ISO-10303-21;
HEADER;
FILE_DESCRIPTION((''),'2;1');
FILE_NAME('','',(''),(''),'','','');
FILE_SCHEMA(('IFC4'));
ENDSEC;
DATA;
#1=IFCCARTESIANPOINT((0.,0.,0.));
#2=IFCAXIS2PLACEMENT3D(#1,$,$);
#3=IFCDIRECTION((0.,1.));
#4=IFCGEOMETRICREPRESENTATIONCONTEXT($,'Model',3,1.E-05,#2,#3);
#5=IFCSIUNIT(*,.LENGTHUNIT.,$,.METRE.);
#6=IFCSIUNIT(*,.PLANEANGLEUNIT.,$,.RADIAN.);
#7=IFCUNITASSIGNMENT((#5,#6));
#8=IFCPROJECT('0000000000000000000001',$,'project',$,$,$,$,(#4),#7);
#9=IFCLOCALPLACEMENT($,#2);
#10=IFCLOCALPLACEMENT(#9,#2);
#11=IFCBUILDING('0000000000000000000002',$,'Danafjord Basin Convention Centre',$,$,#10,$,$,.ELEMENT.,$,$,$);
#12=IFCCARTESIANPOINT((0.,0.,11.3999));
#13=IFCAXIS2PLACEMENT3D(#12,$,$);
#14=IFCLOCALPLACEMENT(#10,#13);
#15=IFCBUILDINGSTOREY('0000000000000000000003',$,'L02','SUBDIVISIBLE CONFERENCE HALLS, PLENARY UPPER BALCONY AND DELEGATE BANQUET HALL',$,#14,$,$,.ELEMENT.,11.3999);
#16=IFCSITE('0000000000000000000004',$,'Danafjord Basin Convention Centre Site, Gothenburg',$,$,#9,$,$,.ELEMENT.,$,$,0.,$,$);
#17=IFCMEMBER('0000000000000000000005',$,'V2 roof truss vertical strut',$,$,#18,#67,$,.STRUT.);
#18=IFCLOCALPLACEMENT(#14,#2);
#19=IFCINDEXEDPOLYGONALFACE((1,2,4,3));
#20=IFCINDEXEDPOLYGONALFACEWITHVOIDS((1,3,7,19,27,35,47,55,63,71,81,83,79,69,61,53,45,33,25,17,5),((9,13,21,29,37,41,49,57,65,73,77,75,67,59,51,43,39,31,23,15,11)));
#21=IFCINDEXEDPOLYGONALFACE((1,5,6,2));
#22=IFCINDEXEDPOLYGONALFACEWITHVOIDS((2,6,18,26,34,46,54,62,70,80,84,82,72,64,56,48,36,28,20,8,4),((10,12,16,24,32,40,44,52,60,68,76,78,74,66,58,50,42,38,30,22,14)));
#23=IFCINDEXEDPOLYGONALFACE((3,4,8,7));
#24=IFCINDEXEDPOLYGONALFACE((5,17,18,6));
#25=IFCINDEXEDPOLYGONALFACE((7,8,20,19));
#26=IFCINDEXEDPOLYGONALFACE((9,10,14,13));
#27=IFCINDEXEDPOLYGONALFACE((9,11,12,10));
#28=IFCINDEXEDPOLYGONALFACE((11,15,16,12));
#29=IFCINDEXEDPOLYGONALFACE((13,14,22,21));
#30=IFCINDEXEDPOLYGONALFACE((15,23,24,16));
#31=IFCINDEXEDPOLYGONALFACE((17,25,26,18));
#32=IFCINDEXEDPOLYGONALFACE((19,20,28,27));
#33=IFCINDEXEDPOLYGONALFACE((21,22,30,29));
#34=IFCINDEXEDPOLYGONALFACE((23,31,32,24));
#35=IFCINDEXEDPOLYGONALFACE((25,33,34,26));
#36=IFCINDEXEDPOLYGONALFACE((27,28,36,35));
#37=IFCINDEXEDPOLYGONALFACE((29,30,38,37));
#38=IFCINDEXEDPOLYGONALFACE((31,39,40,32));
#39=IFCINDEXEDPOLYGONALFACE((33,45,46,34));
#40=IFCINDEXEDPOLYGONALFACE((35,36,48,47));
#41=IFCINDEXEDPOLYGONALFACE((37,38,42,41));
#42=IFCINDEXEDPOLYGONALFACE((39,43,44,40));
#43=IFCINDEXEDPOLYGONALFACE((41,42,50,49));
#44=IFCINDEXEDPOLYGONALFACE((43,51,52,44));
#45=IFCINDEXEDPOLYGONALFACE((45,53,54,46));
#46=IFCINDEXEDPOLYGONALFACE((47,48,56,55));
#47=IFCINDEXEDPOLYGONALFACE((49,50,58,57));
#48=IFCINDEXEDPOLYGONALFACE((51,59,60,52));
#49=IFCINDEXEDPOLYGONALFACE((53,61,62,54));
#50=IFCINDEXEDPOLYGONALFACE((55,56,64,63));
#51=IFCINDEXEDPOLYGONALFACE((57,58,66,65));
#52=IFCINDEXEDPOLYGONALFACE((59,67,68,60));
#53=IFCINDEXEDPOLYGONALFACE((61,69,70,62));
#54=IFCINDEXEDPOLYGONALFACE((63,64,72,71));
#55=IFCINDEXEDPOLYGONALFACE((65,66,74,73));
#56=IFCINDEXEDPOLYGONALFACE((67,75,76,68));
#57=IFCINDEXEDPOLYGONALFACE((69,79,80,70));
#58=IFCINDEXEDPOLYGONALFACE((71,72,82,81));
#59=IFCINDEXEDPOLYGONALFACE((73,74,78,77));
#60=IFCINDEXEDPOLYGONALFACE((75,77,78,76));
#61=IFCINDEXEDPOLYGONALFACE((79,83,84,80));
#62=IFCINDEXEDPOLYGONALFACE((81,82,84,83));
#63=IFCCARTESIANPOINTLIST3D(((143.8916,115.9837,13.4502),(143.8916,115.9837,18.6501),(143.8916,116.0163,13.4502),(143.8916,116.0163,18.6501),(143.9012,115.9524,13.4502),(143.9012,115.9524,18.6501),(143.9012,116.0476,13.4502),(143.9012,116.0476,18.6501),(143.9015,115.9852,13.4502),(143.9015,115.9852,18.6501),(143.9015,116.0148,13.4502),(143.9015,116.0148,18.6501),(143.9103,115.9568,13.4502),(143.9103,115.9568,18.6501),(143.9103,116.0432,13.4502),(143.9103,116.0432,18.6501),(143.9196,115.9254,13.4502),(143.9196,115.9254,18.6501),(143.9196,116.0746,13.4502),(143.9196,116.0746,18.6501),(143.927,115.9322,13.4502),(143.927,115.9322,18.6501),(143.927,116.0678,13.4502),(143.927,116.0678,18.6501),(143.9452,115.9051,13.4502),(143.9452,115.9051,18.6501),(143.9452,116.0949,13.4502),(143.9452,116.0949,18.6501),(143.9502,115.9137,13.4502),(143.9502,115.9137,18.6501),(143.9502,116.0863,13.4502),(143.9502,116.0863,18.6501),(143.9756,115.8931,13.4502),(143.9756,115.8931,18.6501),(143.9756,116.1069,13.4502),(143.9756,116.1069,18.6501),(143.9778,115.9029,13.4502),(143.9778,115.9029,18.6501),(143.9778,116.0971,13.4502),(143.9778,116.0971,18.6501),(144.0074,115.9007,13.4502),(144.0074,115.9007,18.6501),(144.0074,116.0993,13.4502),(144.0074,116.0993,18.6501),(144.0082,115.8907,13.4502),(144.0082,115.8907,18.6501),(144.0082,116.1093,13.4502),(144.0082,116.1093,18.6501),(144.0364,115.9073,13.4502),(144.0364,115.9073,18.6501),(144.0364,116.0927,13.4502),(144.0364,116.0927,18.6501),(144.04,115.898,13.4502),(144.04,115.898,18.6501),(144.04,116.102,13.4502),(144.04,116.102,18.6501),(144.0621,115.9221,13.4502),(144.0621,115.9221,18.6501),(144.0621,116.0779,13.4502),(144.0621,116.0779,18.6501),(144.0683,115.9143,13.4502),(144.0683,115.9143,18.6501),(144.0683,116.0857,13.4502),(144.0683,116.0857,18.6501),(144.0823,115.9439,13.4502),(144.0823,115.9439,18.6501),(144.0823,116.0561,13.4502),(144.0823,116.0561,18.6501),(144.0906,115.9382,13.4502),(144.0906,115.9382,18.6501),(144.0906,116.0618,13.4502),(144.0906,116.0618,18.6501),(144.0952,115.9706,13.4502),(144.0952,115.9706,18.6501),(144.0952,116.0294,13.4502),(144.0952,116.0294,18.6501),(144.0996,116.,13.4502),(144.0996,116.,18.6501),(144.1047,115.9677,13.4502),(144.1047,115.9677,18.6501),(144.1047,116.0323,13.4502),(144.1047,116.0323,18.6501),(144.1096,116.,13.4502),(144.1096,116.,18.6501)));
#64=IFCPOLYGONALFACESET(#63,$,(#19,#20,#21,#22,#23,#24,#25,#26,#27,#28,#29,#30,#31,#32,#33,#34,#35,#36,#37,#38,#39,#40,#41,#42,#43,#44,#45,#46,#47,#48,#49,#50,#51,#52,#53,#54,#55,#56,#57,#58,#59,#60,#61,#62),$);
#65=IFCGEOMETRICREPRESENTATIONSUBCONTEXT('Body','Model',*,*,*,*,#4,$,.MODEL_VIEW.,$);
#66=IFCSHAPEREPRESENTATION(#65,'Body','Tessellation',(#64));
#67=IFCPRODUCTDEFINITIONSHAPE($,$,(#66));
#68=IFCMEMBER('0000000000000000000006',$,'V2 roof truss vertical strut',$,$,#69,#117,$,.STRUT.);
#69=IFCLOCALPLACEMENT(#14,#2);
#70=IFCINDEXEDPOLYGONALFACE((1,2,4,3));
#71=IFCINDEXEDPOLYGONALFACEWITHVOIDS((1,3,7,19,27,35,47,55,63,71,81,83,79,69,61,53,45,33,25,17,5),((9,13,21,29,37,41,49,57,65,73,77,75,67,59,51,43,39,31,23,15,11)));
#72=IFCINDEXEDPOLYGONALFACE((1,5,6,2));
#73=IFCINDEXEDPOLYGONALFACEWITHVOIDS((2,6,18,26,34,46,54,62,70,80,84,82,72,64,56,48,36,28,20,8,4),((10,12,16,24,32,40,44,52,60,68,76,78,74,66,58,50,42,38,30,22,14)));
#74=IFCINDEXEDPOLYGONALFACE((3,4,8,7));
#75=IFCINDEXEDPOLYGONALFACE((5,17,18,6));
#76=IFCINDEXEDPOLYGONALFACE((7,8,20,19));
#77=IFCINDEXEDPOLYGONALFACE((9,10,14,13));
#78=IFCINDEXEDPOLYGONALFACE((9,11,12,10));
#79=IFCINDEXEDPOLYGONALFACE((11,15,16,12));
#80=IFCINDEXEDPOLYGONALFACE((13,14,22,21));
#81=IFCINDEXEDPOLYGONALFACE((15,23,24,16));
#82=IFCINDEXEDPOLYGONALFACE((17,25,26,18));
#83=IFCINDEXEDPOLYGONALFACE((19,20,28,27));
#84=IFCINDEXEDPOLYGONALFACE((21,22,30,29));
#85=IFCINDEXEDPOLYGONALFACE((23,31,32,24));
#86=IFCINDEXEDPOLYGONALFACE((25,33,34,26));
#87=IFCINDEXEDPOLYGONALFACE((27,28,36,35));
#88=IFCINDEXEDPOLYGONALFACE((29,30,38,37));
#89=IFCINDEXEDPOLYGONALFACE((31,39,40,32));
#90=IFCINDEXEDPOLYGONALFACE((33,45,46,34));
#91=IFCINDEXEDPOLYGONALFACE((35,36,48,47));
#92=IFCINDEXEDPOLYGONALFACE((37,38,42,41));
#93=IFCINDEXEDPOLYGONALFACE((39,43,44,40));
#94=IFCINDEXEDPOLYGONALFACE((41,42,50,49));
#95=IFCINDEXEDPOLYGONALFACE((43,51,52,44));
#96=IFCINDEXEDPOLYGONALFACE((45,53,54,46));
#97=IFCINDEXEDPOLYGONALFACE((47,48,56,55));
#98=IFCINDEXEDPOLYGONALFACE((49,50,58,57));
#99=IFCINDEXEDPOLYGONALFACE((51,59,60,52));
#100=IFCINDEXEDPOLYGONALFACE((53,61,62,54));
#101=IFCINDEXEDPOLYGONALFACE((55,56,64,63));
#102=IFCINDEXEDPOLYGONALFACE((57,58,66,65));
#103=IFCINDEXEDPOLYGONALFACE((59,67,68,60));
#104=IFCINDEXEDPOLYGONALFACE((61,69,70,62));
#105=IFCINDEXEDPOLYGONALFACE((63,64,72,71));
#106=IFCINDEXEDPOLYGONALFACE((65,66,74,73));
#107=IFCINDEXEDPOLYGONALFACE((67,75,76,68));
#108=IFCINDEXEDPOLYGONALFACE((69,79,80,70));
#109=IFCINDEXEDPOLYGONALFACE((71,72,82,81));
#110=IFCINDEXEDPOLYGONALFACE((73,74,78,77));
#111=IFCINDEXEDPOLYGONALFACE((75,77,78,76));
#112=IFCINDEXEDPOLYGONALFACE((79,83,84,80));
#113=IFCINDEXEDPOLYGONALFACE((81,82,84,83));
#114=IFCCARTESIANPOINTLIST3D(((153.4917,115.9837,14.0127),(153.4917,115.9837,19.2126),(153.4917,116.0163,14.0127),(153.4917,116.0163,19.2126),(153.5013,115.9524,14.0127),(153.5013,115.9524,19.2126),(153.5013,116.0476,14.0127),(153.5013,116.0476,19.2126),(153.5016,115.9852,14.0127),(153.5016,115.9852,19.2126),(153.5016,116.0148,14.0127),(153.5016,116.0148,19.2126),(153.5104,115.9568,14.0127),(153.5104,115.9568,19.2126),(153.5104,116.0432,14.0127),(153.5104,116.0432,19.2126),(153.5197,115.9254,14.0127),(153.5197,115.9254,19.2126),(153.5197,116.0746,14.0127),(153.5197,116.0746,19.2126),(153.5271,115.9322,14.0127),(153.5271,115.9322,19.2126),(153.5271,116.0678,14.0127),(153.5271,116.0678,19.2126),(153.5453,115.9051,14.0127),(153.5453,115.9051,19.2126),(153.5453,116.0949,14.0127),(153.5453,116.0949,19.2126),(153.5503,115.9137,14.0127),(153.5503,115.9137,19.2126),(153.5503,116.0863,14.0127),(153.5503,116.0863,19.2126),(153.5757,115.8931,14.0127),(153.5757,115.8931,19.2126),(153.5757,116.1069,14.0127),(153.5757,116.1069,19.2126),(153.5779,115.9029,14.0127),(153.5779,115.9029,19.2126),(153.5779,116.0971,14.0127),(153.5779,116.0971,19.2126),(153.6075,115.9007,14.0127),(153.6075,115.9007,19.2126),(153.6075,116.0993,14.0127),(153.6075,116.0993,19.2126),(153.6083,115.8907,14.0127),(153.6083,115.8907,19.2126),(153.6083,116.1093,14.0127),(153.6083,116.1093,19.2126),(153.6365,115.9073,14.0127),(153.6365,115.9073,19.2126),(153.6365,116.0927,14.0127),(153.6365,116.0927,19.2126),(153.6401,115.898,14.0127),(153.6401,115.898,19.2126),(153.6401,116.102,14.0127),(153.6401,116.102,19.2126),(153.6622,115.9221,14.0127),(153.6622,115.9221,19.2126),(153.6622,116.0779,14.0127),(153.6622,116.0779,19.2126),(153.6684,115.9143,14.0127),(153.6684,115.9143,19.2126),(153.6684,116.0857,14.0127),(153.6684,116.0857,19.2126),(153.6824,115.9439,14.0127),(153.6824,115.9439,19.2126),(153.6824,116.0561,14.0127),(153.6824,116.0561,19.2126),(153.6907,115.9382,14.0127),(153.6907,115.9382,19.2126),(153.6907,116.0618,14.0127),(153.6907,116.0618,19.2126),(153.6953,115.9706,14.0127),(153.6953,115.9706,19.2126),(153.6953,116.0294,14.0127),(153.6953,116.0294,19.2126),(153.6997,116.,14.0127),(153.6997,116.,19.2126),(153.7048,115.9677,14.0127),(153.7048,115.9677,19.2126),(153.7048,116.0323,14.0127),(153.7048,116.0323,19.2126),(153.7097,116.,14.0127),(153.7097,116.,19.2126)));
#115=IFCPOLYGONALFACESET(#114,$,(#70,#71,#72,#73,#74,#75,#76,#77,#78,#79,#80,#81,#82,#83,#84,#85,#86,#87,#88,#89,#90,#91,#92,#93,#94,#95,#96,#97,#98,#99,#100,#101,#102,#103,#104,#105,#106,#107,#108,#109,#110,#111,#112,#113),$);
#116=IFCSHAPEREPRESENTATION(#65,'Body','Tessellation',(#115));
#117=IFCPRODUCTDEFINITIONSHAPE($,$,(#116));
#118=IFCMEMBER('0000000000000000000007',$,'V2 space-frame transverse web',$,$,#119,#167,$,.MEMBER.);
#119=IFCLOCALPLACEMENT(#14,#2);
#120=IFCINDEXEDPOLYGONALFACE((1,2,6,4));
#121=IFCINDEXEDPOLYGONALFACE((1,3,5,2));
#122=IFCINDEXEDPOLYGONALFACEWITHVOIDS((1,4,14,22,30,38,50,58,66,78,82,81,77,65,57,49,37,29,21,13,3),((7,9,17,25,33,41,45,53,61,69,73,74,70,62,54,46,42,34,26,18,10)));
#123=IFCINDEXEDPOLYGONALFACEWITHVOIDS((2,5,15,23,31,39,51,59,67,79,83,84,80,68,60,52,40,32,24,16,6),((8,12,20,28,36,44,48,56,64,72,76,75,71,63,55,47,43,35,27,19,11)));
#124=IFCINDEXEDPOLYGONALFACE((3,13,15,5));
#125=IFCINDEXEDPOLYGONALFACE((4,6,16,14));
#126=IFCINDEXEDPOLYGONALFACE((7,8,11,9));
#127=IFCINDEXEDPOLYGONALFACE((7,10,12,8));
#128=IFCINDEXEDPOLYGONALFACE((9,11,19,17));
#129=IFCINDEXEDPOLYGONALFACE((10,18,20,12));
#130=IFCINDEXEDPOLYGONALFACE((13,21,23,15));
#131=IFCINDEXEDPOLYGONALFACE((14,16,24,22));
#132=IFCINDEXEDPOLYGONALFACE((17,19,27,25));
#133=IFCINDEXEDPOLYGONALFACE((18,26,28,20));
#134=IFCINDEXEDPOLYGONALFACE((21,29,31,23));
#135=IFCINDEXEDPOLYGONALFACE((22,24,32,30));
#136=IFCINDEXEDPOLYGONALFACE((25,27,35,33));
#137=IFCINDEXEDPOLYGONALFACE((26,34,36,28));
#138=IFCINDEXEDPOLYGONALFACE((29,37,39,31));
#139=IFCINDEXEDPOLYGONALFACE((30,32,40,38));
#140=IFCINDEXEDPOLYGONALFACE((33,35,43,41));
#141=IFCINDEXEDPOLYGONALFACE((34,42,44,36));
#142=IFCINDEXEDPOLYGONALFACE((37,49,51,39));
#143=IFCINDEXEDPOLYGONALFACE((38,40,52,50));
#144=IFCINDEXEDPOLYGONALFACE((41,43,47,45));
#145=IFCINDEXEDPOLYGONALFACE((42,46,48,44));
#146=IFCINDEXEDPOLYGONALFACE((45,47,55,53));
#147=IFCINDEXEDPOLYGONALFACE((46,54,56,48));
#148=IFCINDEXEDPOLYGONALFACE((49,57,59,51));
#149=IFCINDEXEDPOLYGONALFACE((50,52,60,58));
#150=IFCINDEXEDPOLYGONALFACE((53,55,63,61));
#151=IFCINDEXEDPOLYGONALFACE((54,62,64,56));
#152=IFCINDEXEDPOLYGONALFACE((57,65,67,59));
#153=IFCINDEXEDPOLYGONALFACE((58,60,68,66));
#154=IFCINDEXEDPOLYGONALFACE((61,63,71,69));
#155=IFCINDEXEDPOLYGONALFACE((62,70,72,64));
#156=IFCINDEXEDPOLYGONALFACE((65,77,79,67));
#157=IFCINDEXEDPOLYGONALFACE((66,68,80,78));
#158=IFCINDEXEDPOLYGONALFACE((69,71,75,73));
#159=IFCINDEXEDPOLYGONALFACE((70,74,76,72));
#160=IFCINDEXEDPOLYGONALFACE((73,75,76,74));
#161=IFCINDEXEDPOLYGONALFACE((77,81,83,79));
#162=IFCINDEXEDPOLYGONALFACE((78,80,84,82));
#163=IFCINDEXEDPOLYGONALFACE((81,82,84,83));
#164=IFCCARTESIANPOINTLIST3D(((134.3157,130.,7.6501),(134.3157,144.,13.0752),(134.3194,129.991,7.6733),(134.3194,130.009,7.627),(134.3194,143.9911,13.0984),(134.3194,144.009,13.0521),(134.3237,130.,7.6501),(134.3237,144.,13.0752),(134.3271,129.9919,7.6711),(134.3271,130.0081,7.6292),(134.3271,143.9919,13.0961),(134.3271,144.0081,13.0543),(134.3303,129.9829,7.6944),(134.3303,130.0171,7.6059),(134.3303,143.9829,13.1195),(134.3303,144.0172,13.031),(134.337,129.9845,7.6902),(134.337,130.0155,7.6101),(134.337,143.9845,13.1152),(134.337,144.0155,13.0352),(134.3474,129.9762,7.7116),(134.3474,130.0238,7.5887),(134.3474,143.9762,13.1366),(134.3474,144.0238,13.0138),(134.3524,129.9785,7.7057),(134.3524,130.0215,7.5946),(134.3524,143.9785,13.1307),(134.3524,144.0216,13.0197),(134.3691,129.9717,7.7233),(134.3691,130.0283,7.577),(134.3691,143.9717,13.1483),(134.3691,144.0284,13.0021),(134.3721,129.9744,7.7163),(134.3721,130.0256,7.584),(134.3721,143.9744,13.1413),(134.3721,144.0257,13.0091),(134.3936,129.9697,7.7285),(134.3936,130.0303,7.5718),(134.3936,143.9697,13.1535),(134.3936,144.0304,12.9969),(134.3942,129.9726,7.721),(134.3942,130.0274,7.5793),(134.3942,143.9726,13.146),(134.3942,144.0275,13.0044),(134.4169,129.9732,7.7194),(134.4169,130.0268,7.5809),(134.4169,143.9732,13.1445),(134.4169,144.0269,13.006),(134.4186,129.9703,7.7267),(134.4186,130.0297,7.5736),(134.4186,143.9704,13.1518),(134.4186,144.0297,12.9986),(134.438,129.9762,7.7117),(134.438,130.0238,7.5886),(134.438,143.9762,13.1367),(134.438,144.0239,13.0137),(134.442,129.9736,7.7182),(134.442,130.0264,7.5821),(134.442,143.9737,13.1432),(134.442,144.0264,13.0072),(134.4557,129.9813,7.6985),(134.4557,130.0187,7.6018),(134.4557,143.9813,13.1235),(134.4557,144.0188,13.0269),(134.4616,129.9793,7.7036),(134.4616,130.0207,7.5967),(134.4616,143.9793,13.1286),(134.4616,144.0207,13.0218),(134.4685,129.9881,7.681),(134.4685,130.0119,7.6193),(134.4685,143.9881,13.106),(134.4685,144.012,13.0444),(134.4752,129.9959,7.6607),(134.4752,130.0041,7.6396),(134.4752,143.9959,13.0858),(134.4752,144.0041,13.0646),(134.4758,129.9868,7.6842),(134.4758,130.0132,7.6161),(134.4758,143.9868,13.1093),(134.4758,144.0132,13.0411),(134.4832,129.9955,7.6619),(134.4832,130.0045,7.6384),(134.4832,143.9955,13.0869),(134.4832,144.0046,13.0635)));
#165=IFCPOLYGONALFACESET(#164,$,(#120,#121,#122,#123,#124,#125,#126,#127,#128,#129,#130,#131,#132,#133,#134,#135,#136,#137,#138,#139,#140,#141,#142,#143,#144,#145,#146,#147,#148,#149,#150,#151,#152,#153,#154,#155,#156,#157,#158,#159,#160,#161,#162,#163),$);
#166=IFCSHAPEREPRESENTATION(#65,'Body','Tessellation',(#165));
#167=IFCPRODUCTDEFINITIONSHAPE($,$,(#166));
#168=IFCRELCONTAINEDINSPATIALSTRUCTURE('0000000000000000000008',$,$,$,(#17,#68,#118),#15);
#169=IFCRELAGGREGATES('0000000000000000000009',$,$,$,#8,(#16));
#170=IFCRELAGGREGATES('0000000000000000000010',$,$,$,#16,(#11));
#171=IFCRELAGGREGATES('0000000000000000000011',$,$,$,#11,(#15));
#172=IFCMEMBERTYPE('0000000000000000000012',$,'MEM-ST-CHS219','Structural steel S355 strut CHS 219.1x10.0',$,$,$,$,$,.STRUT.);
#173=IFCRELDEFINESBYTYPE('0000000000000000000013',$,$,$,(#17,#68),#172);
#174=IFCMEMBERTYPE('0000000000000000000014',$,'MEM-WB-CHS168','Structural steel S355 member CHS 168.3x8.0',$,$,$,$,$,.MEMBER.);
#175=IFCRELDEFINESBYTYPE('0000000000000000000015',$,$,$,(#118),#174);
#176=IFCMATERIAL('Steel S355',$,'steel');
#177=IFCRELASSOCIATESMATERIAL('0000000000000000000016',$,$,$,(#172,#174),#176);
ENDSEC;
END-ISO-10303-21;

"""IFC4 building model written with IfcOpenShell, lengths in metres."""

from ifc_helpers import new_model, si_unit, direction, frame, origin, origin_2d, place, context, subcontext, project, spatial, hollow_circle, extrude, material, material_profile, profile_set, type_object, element, save


model = new_model("IFC4")

# Units and contexts
model_context = context("Model", 3, precision=1e-05, world=origin(), true_north=direction((0.0, 1.0)))
body_context = subcontext(model_context, "Body", "Model", "MODEL_VIEW")
ifc_project = project(units=[si_unit("LENGTHUNIT", "METRE"), si_unit("PLANEANGLEUNIT", "RADIAN")], contexts=[model_context])

# Site, building, storey
site_placement = place(None, origin())
site = spatial("IfcSite", under=ifc_project, at=site_placement, Name="Danafjord Basin Convention Centre Site, Gothenburg", CompositionType="ELEMENT", RefElevation=0.0)
building_placement = place(site_placement, origin())
building = spatial("IfcBuilding", under=site, at=building_placement, Name="Danafjord Basin Convention Centre", CompositionType="ELEMENT")
storey_placement = place(building_placement, frame((0.0, 0.0, 11.3999)))
storey = spatial("IfcBuildingStorey", under=building, at=storey_placement, Name="L02", Description="SUBDIVISIBLE CONFERENCE HALLS, PLENARY UPPER BALCONY AND DELEGATE BANQUET HALL", CompositionType="ELEMENT", Elevation=11.3999)

# Members
ifc_material = material(Name="Steel S355", Category="steel")
ifc_material_profile_1 = material_profile(ifc_material, hollow_circle(Radius=0.1096, WallThickness=0.01, at=origin_2d()), Name="CHS 219.1x10.0")
ifc_profile_set_1 = profile_set([ifc_material_profile_1], Name="Steel S355")
member_type_1 = type_object("IfcMemberType", Name="MEM-ST-CHS219", Description="Structural steel S355 strut CHS 219.1x10.0", PredefinedType="STRUT", material=ifc_profile_set_1)
for number, where, z_axis, x_axis, name in (
    (1, (144.0, 116.0, 13.4502), (0.0, 0.0, 1.0), (1.0, 0.0, 0.0), "V2 roof truss vertical strut"),
    (2, (153.6001, 116.0, 14.0127), (0.0, 0.0, 1.0), (1.0, 0.0, 0.0), "V2 roof truss vertical strut"),
):
    element("IfcMember", number, at=place(storey_placement, frame(where, z_axis=z_axis, x_axis=x_axis)), inside=storey, type_object=member_type_1, Name=name, PredefinedType="STRUT", context=body_context, shape_type="SweptSolid", body=[
        extrude(hollow_circle(Radius=0.1096, WallThickness=0.01, at=origin_2d()), origin(), (0.0, 0.0, 1.0), 5.2),
    ])
ifc_material_profile_2 = material_profile(ifc_material, hollow_circle(Radius=0.0842, WallThickness=0.0081, at=origin_2d()), Name="CHS 168.3x8.0")
ifc_profile_set_2 = profile_set([ifc_material_profile_2], Name="Steel S355")
member_type_2 = type_object("IfcMemberType", Name="MEM-WB-CHS168", Description="Structural steel S355 member CHS 168.3x8.0", PredefinedType="MEMBER", material=ifc_profile_set_2)
member_1_placement = place(storey_placement, frame((134.3999, 130.0, 7.6501), z_axis=(0.0, 0.93244, 0.361324), x_axis=(-1.0, 0.0, 0.0)))
element("IfcMember", 3, at=member_1_placement, inside=storey, type_object=member_type_2, Name="V2 space-frame transverse web", PredefinedType="MEMBER", context=body_context, shape_type="SweptSolid", body=[
    extrude(hollow_circle(Radius=0.0842, WallThickness=0.0081, at=origin_2d()), origin(), (0.0, 0.0, 1.0), 15.0144),
])

save(model, "model.ifc")
